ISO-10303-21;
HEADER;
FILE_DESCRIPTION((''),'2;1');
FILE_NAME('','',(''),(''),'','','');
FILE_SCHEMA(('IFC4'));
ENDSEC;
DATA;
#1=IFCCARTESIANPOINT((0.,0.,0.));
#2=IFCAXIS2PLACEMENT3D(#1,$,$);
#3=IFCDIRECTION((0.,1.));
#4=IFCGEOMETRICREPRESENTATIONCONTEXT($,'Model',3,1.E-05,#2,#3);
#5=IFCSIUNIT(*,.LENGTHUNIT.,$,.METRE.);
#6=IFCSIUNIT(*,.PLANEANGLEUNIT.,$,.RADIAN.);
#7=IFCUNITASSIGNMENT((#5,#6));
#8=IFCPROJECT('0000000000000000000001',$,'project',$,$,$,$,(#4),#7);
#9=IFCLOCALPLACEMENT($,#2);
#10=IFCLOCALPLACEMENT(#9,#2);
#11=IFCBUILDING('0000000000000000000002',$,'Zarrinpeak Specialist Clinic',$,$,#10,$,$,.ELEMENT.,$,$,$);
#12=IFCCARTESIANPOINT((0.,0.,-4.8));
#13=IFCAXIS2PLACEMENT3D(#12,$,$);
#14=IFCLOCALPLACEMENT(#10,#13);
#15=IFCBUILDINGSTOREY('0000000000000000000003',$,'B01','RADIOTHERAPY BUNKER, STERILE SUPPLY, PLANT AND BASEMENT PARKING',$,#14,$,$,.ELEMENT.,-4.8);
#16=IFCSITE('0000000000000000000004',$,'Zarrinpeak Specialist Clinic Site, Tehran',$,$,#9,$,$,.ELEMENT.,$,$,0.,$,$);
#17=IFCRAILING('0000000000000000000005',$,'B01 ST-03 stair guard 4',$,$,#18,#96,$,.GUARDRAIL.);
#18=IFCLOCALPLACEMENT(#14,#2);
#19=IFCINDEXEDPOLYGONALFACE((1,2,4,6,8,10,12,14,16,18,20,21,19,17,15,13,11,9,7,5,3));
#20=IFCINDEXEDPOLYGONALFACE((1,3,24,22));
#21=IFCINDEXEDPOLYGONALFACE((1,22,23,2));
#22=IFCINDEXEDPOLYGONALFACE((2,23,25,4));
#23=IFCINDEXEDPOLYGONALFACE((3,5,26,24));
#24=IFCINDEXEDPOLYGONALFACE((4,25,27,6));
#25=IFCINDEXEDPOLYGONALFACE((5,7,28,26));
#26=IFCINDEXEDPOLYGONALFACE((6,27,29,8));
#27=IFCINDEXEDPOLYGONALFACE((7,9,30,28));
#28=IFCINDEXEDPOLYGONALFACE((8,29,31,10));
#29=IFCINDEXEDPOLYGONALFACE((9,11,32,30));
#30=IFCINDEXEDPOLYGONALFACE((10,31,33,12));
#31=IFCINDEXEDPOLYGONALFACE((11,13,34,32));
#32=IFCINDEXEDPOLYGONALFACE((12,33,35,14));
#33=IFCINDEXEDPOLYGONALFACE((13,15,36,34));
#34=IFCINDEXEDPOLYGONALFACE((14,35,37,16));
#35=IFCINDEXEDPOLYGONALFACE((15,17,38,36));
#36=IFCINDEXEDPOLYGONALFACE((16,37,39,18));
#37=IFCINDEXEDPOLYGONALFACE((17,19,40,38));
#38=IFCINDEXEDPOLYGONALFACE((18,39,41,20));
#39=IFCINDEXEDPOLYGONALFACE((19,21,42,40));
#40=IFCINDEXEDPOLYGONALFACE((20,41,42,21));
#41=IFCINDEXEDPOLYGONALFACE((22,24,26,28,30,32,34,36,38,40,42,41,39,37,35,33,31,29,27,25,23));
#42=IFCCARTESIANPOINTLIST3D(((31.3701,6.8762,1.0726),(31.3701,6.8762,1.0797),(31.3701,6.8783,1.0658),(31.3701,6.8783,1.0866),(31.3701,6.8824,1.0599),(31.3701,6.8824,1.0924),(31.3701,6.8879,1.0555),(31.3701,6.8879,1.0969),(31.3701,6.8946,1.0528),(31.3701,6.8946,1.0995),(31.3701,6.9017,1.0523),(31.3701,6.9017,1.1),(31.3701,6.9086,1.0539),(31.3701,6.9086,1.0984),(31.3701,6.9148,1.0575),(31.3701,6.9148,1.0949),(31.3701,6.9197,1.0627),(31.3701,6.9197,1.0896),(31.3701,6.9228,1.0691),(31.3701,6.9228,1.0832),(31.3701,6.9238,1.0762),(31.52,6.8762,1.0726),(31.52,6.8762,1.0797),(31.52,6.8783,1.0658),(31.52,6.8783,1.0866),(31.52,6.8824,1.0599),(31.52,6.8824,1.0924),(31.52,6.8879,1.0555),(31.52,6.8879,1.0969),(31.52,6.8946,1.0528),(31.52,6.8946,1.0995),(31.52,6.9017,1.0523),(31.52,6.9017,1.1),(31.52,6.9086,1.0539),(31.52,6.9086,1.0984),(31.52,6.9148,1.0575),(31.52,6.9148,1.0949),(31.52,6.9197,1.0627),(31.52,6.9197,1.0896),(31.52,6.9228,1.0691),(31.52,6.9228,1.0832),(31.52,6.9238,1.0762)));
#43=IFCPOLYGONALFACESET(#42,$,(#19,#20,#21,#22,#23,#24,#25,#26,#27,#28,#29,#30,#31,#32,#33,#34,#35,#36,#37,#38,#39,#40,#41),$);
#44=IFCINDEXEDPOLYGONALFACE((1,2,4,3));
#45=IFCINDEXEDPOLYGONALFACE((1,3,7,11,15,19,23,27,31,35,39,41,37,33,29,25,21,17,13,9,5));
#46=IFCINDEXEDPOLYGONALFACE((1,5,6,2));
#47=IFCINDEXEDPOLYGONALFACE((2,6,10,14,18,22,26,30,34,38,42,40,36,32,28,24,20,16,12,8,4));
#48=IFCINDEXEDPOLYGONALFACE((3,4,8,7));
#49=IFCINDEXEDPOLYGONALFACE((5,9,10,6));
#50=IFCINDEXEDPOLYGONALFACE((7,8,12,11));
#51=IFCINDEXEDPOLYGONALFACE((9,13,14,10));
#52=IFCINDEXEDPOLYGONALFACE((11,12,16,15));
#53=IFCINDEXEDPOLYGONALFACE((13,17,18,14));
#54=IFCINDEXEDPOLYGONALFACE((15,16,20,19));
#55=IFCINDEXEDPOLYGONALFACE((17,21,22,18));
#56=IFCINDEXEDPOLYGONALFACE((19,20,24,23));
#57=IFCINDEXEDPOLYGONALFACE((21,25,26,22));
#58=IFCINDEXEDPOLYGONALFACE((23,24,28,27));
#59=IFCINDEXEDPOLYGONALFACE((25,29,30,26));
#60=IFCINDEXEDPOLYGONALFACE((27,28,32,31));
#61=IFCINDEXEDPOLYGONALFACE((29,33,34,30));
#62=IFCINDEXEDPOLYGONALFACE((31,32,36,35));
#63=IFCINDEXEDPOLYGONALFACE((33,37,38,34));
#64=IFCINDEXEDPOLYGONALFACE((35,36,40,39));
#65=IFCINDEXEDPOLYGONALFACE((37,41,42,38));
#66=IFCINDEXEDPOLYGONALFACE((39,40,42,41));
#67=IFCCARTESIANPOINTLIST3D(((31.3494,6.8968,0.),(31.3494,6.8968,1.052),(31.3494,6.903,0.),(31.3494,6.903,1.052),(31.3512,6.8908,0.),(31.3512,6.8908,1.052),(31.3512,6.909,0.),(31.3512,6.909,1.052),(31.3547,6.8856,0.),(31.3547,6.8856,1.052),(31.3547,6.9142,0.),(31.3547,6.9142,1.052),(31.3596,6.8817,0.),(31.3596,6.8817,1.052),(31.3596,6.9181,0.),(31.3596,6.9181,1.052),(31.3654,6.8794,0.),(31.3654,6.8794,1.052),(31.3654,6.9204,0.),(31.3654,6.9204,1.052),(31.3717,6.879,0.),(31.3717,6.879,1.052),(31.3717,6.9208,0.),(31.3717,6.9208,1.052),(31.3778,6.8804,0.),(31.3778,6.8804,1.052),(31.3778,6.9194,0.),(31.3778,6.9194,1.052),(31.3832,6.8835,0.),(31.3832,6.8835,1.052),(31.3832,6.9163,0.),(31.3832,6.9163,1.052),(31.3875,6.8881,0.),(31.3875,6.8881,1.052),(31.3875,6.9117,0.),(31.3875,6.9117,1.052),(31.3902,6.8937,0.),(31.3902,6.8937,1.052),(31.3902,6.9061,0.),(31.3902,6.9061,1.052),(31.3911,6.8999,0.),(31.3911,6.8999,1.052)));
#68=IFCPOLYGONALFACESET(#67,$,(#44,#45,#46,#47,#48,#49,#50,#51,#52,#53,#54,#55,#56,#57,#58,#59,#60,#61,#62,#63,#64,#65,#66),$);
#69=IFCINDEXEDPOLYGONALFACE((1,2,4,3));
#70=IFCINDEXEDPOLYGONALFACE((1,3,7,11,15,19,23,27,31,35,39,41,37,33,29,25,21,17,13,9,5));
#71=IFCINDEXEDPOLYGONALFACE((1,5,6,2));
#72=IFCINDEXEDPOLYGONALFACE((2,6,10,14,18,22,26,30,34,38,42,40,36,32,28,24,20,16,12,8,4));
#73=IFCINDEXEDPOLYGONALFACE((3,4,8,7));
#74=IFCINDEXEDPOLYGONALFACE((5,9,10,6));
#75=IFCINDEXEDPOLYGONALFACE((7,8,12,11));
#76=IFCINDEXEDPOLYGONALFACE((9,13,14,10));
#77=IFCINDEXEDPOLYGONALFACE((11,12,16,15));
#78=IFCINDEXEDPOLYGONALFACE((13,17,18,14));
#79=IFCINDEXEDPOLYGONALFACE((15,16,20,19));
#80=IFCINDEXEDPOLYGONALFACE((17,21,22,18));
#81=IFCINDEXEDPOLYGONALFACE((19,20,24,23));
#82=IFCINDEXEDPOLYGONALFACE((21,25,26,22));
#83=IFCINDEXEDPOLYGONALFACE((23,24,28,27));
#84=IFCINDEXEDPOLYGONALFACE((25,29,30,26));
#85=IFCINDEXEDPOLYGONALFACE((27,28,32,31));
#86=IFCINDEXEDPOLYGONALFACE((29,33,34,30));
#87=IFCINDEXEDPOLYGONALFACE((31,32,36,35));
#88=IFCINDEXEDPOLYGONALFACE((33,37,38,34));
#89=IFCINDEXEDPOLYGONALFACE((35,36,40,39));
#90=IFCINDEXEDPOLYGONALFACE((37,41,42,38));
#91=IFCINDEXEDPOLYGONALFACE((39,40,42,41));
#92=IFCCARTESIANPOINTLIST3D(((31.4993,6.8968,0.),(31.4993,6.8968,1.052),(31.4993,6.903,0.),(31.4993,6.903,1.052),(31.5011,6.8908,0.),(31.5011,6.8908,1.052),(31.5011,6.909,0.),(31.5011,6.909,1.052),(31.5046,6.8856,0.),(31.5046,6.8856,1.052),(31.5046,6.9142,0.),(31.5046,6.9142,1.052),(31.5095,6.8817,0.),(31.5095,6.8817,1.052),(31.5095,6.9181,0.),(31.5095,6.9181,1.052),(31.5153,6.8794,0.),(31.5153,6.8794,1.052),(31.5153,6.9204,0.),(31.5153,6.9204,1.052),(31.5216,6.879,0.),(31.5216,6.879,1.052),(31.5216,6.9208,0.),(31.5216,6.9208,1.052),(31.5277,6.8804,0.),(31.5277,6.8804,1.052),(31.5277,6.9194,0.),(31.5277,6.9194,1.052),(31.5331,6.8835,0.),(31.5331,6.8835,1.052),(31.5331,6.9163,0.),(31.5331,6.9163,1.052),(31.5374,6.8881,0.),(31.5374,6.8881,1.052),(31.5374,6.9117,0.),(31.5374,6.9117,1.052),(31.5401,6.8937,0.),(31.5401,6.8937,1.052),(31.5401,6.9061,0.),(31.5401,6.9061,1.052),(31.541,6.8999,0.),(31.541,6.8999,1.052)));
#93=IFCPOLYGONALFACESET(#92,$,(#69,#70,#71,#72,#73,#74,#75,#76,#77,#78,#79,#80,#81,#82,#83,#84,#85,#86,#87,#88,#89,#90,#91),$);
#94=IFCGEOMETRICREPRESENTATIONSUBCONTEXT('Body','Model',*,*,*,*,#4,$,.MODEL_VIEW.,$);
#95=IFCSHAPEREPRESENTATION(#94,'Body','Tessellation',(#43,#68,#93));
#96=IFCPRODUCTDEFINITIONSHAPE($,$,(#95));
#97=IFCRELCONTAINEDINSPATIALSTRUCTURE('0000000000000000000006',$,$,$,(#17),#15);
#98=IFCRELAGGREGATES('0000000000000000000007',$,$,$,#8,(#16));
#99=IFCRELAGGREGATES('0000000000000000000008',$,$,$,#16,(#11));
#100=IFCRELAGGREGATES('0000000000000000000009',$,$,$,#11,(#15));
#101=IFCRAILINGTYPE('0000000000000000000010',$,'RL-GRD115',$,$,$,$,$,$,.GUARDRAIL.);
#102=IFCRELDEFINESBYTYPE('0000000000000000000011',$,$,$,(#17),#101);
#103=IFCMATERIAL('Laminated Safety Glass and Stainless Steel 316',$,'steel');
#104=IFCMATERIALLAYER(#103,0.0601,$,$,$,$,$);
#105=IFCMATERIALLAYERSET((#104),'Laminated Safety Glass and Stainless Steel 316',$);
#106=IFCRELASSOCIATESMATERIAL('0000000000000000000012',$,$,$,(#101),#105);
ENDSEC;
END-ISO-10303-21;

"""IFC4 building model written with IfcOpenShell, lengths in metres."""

from ifc_helpers import new_model, si_unit, direction, frame, origin, origin_2d, place, context, subcontext, project, spatial, circle, extrude, material, layer, layer_set, type_object, element, save


model = new_model("IFC4")

# Units and contexts
model_context = context("Model", 3, precision=1e-05, world=origin(), true_north=direction((0.0, 1.0)))
body_context = subcontext(model_context, "Body", "Model", "MODEL_VIEW")
ifc_project = project(units=[si_unit("LENGTHUNIT", "METRE"), si_unit("PLANEANGLEUNIT", "RADIAN")], contexts=[model_context])

# Site, building, storey
site_placement = place(None, origin())
site = spatial("IfcSite", under=ifc_project, at=site_placement, Name="Zarrinpeak Specialist Clinic Site, Tehran", CompositionType="ELEMENT", RefElevation=0.0)
building_placement = place(site_placement, origin())
building = spatial("IfcBuilding", under=site, at=building_placement, Name="Zarrinpeak Specialist Clinic", CompositionType="ELEMENT")
storey_placement = place(building_placement, frame((0.0, 0.0, -4.8)))
storey = spatial("IfcBuildingStorey", under=building, at=storey_placement, Name="B01", Description="RADIOTHERAPY BUNKER, STERILE SUPPLY, PLANT AND BASEMENT PARKING", CompositionType="ELEMENT", Elevation=-4.8)

# Railing
ifc_material_1 = material(Name="Laminated Safety Glass and Stainless Steel 316", Category="steel")
ifc_layer_1 = layer(ifc_material_1, 0.0601)
ifc_layer_set_1 = layer_set([ifc_layer_1], Name="Laminated Safety Glass and Stainless Steel 316")
railing_type_1 = type_object("IfcRailingType", Name="RL-GRD115", PredefinedType="GUARDRAIL", material=ifc_layer_set_1)
railing_1_placement = place(storey_placement, frame((31.3701, 6.8999, 0.0)))
element("IfcRailing", 1, at=railing_1_placement, inside=storey, type_object=railing_type_1, Name="B01 ST-03 stair guard 4", PredefinedType="GUARDRAIL", context=body_context, shape_type="SweptSolid", body=[
    extrude(circle(Radius=0.0239, at=origin_2d()), frame((0.0, 0.0, 1.0762), z_axis=(1.0, 0.0, 0.0), x_axis=(0.0, 1.0, 0.0)), (0.0, 0.0, 1.0), 0.1499),
    extrude(circle(Radius=0.021, at=origin_2d()), origin(), (0.0, 0.0, 1.0), 1.052),
    extrude(circle(Radius=0.021, at=origin_2d()), frame((0.1499, 0.0, 0.0)), (0.0, 0.0, 1.0), 1.052),
])

save(model, "model.ifc")
